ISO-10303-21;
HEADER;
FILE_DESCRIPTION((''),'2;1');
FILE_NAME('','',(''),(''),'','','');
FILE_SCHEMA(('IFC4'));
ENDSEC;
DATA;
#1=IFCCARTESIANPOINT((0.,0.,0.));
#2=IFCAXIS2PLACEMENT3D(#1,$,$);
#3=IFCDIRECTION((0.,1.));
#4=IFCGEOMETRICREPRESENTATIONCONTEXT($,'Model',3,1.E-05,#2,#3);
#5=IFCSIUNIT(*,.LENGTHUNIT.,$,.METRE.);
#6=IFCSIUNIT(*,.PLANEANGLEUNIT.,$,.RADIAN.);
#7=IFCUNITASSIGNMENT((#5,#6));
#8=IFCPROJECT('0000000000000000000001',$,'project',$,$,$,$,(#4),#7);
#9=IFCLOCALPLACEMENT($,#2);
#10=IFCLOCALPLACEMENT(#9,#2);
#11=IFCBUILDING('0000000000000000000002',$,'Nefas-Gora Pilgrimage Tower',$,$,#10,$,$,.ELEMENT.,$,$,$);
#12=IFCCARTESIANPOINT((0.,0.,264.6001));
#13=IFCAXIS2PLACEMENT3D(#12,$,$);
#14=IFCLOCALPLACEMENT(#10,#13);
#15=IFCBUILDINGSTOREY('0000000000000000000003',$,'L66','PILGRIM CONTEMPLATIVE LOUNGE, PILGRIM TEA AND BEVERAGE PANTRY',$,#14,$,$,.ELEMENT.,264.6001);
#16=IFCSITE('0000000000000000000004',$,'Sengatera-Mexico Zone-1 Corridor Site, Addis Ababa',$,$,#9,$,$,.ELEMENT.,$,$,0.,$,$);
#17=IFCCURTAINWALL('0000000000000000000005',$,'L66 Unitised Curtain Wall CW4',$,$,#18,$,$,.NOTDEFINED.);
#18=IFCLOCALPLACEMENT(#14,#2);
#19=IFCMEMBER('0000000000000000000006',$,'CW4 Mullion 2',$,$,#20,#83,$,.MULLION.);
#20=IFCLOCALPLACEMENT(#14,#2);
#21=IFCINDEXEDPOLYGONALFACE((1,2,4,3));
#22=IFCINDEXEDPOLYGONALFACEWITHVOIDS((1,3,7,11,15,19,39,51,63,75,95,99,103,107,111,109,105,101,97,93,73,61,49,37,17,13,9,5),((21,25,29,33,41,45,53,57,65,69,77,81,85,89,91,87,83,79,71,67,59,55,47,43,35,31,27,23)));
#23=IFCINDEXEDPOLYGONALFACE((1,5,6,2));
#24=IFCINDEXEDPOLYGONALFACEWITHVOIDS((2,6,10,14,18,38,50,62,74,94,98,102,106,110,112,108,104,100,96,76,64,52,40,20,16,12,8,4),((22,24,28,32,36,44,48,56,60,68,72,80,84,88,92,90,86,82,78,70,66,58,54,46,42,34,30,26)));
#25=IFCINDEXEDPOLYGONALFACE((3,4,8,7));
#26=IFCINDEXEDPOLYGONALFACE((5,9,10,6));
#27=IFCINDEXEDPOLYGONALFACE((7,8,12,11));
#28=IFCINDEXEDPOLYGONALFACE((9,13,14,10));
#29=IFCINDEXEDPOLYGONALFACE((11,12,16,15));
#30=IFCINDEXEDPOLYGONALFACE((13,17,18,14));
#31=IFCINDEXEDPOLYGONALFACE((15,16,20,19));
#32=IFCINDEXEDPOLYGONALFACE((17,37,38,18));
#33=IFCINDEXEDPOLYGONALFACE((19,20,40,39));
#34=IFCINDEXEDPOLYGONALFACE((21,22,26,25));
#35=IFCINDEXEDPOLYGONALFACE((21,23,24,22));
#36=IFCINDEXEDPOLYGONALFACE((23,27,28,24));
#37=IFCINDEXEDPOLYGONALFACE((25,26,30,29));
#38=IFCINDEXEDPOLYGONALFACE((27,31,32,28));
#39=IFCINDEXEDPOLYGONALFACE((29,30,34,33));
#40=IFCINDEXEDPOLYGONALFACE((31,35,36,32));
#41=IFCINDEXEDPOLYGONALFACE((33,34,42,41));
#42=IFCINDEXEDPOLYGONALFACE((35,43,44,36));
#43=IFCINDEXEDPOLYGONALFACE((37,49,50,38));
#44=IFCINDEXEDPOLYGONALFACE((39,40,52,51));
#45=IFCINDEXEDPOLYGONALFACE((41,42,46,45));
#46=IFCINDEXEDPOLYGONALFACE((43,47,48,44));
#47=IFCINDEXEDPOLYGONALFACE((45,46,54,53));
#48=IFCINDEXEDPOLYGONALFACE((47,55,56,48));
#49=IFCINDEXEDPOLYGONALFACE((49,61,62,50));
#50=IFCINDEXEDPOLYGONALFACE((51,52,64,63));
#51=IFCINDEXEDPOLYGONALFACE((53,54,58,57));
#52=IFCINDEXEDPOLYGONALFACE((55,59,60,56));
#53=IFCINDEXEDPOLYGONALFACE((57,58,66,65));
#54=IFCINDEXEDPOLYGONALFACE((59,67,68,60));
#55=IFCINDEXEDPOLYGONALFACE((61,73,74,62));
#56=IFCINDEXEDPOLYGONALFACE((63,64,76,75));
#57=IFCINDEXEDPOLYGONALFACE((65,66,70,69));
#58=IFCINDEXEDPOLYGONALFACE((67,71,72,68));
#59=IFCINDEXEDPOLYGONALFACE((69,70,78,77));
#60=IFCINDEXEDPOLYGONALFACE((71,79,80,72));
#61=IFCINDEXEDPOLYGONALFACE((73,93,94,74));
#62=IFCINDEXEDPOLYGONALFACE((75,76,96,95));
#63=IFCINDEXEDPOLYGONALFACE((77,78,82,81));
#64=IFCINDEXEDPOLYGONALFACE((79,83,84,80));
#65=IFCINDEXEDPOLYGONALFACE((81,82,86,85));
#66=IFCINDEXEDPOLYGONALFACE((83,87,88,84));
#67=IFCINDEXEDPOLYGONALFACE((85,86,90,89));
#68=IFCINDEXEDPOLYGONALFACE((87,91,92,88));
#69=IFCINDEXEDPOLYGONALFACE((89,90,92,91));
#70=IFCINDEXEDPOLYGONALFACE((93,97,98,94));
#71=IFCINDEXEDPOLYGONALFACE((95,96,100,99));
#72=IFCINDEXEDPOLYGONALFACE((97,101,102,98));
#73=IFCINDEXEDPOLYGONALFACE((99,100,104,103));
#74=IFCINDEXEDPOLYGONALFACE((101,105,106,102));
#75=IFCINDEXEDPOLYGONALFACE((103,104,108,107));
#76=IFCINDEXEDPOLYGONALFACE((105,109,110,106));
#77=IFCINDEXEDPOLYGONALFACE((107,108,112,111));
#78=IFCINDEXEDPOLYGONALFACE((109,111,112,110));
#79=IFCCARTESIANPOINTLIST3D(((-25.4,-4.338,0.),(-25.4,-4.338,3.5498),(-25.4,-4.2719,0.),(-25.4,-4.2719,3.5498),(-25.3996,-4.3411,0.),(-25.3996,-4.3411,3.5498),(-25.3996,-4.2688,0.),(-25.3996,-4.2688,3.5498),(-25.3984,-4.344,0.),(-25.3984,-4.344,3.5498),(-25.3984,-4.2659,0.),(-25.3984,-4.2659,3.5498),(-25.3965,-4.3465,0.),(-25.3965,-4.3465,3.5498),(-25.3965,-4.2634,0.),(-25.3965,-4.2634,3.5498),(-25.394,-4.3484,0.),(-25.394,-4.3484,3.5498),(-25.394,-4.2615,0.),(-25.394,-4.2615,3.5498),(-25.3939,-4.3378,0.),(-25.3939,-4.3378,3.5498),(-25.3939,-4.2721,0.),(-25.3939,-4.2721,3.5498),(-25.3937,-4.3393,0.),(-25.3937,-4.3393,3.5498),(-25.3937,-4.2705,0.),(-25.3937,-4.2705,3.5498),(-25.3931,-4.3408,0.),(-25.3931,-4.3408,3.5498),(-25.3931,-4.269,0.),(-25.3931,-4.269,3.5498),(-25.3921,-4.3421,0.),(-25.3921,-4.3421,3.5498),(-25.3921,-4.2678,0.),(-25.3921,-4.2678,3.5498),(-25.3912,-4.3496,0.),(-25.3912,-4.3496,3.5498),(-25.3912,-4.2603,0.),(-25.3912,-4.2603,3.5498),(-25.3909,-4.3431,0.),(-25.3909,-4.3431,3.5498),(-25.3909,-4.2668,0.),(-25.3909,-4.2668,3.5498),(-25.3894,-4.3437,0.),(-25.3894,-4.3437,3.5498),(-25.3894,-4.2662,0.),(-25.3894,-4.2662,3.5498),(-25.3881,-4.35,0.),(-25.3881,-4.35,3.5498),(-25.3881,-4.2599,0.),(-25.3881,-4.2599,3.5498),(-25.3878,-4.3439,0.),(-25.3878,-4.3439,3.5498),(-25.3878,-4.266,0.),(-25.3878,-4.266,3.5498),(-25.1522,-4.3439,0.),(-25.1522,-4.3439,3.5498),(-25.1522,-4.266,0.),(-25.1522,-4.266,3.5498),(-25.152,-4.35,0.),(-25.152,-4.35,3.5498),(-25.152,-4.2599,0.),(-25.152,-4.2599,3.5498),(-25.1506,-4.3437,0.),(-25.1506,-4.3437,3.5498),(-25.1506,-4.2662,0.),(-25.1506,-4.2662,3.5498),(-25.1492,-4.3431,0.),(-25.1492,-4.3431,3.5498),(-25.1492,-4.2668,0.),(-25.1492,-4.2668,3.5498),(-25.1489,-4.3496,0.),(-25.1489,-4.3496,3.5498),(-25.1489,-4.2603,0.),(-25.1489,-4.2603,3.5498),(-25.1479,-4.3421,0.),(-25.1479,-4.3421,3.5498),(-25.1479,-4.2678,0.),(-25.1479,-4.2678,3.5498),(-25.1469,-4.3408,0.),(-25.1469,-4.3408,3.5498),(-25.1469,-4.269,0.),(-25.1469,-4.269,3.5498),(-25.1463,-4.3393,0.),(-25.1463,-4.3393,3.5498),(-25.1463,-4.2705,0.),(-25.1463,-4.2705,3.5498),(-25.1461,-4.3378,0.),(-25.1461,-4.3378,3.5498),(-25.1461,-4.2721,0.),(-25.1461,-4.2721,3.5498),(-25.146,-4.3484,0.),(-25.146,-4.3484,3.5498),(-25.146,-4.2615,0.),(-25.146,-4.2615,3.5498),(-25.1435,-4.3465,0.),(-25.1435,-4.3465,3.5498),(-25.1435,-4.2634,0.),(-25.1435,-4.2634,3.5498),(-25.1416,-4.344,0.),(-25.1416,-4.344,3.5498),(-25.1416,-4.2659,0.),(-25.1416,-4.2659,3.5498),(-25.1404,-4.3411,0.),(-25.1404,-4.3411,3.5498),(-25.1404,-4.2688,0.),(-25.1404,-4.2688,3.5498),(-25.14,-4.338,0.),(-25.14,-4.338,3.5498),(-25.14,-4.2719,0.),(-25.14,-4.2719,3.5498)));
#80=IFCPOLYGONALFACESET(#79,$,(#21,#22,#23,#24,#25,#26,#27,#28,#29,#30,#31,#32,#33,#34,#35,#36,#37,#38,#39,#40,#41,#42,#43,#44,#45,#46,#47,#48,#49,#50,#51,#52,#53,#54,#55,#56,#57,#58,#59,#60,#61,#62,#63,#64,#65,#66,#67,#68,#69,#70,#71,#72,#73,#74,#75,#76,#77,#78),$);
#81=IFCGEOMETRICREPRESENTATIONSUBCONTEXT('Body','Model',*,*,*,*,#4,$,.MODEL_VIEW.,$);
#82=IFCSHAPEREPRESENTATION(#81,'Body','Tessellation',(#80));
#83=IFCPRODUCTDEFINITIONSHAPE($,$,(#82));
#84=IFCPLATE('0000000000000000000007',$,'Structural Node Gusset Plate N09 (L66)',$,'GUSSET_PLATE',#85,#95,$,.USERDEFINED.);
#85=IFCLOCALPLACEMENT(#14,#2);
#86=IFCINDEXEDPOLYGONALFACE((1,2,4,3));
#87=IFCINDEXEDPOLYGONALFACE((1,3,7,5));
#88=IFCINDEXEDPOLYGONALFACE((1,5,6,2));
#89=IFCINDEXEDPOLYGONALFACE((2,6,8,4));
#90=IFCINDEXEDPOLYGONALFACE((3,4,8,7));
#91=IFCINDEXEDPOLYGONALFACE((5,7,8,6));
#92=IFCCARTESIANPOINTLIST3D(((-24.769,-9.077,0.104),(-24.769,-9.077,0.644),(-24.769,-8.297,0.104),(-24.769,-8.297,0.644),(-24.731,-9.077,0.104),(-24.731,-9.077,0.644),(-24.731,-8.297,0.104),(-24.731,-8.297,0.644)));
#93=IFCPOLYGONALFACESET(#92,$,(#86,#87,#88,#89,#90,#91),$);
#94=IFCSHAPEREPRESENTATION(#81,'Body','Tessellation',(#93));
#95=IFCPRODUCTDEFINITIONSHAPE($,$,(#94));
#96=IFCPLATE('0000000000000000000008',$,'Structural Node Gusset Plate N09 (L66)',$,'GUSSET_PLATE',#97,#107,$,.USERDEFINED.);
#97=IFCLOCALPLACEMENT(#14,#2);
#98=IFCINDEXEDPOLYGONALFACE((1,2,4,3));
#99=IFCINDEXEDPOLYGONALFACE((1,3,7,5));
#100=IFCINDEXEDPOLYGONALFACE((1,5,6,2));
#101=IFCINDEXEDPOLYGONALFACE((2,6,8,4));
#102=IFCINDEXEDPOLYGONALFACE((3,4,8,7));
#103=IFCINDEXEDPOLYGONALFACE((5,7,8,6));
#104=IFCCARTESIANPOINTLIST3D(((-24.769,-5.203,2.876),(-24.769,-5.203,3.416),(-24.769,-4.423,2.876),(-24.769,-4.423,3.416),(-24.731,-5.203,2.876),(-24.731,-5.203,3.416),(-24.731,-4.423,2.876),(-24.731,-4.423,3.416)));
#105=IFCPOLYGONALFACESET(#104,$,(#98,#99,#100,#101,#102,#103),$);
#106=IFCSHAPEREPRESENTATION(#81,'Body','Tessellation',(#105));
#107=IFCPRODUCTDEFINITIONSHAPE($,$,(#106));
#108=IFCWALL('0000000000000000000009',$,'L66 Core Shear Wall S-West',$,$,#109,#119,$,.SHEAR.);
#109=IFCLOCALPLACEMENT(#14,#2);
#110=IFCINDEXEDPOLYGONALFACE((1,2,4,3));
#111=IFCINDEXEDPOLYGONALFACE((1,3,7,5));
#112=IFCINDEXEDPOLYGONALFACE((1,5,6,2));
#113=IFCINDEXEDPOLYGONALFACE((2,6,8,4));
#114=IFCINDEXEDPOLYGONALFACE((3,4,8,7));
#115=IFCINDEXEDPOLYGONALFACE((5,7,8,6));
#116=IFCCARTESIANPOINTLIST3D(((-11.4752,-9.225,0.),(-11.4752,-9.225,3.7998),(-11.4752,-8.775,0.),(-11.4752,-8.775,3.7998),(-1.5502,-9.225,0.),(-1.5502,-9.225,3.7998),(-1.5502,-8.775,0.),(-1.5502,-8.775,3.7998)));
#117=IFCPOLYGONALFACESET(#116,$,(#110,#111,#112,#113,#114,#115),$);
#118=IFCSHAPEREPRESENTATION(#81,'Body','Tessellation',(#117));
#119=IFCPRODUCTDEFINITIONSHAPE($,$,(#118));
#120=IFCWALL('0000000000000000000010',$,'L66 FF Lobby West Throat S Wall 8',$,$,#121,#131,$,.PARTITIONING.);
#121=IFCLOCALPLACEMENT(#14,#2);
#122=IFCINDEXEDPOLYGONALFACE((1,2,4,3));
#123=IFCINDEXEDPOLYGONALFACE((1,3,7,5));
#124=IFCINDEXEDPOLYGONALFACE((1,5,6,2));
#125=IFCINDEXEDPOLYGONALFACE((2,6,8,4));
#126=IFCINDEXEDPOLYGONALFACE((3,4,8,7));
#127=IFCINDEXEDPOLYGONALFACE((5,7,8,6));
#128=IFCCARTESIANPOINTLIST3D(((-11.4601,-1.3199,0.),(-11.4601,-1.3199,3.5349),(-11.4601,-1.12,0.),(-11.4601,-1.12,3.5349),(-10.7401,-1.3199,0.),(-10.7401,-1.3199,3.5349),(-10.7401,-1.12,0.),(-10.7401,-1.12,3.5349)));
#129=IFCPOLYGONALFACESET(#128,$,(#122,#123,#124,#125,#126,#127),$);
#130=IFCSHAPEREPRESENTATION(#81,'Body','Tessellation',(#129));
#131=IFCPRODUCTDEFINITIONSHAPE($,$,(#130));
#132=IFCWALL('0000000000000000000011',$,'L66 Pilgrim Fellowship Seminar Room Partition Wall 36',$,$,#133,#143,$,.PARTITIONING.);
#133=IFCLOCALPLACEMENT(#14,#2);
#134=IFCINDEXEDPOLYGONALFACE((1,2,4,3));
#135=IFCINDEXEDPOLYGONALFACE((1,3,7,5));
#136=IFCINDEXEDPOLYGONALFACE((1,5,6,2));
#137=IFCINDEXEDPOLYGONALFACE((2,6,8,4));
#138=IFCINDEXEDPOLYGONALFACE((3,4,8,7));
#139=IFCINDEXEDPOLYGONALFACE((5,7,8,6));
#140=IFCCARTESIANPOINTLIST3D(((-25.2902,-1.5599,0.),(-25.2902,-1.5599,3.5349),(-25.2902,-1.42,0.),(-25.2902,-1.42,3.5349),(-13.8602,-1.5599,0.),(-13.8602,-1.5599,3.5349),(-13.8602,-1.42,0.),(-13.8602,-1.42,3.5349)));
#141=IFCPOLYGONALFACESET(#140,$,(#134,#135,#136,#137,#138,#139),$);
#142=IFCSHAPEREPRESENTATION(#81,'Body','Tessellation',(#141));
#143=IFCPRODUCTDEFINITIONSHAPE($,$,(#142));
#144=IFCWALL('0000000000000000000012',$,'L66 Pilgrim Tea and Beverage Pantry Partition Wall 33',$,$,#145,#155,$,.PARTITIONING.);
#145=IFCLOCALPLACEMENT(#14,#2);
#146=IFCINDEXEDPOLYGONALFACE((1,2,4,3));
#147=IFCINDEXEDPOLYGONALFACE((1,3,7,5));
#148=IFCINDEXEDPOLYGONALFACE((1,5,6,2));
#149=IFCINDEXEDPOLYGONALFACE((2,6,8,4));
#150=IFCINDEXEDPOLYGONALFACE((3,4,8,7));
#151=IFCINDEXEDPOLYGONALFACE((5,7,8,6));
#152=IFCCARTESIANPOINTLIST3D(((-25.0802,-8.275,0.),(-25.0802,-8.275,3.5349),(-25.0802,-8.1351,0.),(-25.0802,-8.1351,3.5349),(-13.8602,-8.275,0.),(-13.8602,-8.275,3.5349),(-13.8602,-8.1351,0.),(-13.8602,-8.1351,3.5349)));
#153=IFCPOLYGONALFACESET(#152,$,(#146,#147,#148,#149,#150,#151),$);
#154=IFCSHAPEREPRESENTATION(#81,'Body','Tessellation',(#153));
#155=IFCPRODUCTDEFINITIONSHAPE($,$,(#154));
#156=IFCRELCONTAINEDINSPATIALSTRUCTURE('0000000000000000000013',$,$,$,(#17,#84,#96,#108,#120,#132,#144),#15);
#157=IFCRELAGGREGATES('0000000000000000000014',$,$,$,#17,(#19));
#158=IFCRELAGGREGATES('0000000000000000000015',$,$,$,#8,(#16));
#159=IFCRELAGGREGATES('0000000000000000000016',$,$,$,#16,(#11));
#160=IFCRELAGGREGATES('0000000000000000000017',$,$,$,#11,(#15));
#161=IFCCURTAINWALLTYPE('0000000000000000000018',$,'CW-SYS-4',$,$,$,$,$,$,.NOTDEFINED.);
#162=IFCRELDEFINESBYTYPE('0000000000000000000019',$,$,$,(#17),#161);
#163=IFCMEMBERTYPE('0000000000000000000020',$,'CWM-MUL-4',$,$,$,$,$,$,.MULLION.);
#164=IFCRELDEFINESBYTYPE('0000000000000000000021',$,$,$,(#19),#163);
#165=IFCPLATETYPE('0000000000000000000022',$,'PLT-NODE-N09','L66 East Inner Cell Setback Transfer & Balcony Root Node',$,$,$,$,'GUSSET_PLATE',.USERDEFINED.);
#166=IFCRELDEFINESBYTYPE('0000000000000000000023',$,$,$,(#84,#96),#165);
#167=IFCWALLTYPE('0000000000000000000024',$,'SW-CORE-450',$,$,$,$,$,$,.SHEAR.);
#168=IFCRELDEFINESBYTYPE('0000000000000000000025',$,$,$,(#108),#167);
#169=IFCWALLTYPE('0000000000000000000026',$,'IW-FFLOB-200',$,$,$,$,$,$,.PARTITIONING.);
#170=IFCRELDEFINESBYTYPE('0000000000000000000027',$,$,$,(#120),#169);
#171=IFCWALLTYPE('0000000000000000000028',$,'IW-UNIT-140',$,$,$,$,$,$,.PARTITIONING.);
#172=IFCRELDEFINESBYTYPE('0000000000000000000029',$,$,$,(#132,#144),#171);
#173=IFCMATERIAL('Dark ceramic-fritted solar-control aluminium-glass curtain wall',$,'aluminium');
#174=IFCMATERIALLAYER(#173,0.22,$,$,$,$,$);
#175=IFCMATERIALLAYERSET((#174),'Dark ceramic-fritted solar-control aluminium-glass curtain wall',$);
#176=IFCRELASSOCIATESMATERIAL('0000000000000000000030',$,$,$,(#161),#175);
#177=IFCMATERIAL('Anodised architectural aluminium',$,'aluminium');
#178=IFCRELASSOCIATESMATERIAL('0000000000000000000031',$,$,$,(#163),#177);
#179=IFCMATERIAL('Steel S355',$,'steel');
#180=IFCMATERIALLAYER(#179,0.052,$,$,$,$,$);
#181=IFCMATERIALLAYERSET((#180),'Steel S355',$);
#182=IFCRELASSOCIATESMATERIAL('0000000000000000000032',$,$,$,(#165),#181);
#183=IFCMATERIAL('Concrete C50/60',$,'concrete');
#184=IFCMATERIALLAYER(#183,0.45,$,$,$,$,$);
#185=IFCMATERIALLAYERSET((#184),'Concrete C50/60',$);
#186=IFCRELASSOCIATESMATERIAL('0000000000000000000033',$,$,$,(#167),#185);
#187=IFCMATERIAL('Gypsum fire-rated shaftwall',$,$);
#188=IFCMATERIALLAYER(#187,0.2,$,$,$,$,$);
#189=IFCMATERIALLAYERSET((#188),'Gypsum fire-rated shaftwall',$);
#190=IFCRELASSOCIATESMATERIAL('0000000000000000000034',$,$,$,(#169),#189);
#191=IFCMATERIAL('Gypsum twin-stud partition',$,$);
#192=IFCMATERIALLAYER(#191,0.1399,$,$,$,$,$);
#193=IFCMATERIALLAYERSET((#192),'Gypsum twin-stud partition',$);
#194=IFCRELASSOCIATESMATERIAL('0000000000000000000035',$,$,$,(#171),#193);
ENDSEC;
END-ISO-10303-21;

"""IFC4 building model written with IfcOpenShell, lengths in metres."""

from ifc_helpers import new_model, si_unit, direction, frame, frame_2d, origin, origin_2d, place, context, subcontext, project, spatial, rectangle, hollow_rectangle, extrude, source, transform, mapped, material, layer, layer_set, material_profile, profile_set, type_object, element, aggregate, save


model = new_model("IFC4")

# Units and contexts
model_context = context("Model", 3, precision=1e-05, world=origin(), true_north=direction((0.0, 1.0)))
body_context = subcontext(model_context, "Body", "Model", "MODEL_VIEW")
ifc_project = project(units=[si_unit("LENGTHUNIT", "METRE"), si_unit("PLANEANGLEUNIT", "RADIAN")], contexts=[model_context])

# Site, building, storey
site_placement = place(None, origin())
site = spatial("IfcSite", under=ifc_project, at=site_placement, Name="Sengatera-Mexico Zone-1 Corridor Site, Addis Ababa", CompositionType="ELEMENT", RefElevation=0.0)
building_placement = place(site_placement, origin())
building = spatial("IfcBuilding", under=site, at=building_placement, Name="Nefas-Gora Pilgrimage Tower", CompositionType="ELEMENT")
storey_placement = place(building_placement, frame((0.0, 0.0, 264.6001)))
storey = spatial("IfcBuildingStorey", under=building, at=storey_placement, Name="L66", Description="PILGRIM CONTEMPLATIVE LOUNGE, PILGRIM TEA AND BEVERAGE PANTRY", CompositionType="ELEMENT", Elevation=264.6001)

# Shared definitions
ifc_material_1 = material(Name="Steel S355", Category="steel")

# Curtain wall, member
ifc_material_2 = material(Name="Dark ceramic-fritted solar-control aluminium-glass curtain wall", Category="aluminium")
ifc_layer_1 = layer(ifc_material_2, 0.22)
ifc_layer_set_1 = layer_set([ifc_layer_1], Name="Dark ceramic-fritted solar-control aluminium-glass curtain wall")
curtain_wall_type = type_object("IfcCurtainWallType", Name="CW-SYS-4", PredefinedType="NOTDEFINED", material=ifc_layer_set_1)
curtain_wall_placement = place(storey_placement, origin())
curtain_wall = element("IfcCurtainWall", 1, at=curtain_wall_placement, inside=storey, type_object=curtain_wall_type, Name="L66 Unitised Curtain Wall CW4", PredefinedType="NOTDEFINED")
ifc_material_3 = material(Name="Anodised architectural aluminium", Category="aluminium")
ifc_material_profile_1 = material_profile(ifc_material_3, hollow_rectangle(XDim=0.0901, YDim=0.26, WallThickness=0.0061, InnerFilletRadius=0.0061, OuterFilletRadius=0.012, at=origin_2d()), Name="ALU MULLION 90x260")
ifc_profile_set_1 = profile_set([ifc_material_profile_1], Name="Anodised architectural aluminium")
member_type_1 = type_object("IfcMemberType", Name="CWM-MUL-4", PredefinedType="MULLION", material=ifc_profile_set_1)
shared_shape_1 = source(origin(), body_context, "Body", "SweptSolid", [
    extrude(hollow_rectangle(XDim=0.0901, YDim=0.26, WallThickness=0.0061, InnerFilletRadius=0.0061, OuterFilletRadius=0.012, at=origin_2d()), origin(), (0.0, 0.0, 1.0), 3.5498),
])
member_1_placement = place(storey_placement, frame((-25.27, -4.3049, 0.0), z_axis=(0.0, 0.0, 1.0), x_axis=(0.0, -1.0, 0.0)))
member_1 = element("IfcMember", 2, at=member_1_placement, type_object=member_type_1, Name="CW4 Mullion 2", PredefinedType="MULLION", context=body_context, shape_type="MappedRepresentation", body=[
    mapped(shared_shape_1, transform((0.0, 0.0, 0.0), x_axis=(1.0, 0.0, 0.0), y_axis=(0.0, 1.0, 0.0), z_axis=(0.0, 0.0, 1.0), scale=1.0)),
])
aggregate(curtain_wall, [member_1])

# Plates
ifc_layer_2 = layer(ifc_material_1, 0.052)
ifc_layer_set_2 = layer_set([ifc_layer_2], Name="Steel S355")
plate_type = type_object("IfcPlateType", Name="PLT-NODE-N09", Description="L66 East Inner Cell Setback Transfer & Balcony Root Node", ElementType="GUSSET_PLATE", PredefinedType="USERDEFINED", material=ifc_layer_set_2)
shared_shape_2 = source(origin(), body_context, "Body", "SweptSolid", [
    extrude(rectangle(XDim=0.78, YDim=0.0381, at=origin_2d()), origin(), (0.0, 0.0, 1.0), 0.54),
])
for number, where, z_axis, x_axis, name in (
    (3, (-24.75, -8.687, 0.104), (0.0, 0.0, 1.0), (0.0, 1.0, 0.0), "Structural Node Gusset Plate N09 (L66)"),
    (4, (-24.75, -4.813, 2.876), (0.0, 0.0, 1.0), (0.0, 1.0, 0.0), "Structural Node Gusset Plate N09 (L66)"),
):
    element("IfcPlate", number, at=place(storey_placement, frame(where, z_axis=z_axis, x_axis=x_axis)), inside=storey, type_object=plate_type, Name=name, ObjectType="GUSSET_PLATE", PredefinedType="USERDEFINED", context=body_context, shape_type="MappedRepresentation", body=[
        mapped(shared_shape_2, transform((0.0, 0.0, 0.0), x_axis=(1.0, 0.0, 0.0), y_axis=(0.0, 1.0, 0.0), z_axis=(0.0, 0.0, 1.0), scale=1.0)),
    ])

# Walls
ifc_material_4 = material(Name="Concrete C50/60", Category="concrete")
ifc_layer_3 = layer(ifc_material_4, 0.45)
ifc_layer_set_3 = layer_set([ifc_layer_3], Name="Concrete C50/60")
wall_type_1 = type_object("IfcWallType", Name="SW-CORE-450", PredefinedType="SHEAR", material=ifc_layer_set_3)
shared_shape_3 = source(origin(), body_context, "Body", "SweptSolid", [
    extrude(rectangle(XDim=9.925, YDim=0.45, at=frame_2d((4.9624, 0.0))), origin(), (0.0, 0.0, 1.0), 3.7998),
])
wall_1_placement = place(storey_placement, frame((-11.4751, -9.0, 0.0), z_axis=(0.0, 0.0, 1.0), x_axis=(1.0, 0.0, 0.0)))
element("IfcWall", 5, at=wall_1_placement, inside=storey, type_object=wall_type_1, Name="L66 Core Shear Wall S-West", PredefinedType="SHEAR", context=body_context, shape_type="MappedRepresentation", body=[
    mapped(shared_shape_3, transform((0.0, 0.0, 0.0), x_axis=(1.0, 0.0, 0.0), y_axis=(0.0, 1.0, 0.0), z_axis=(0.0, 0.0, 1.0), scale=1.0)),
])
ifc_material_5 = material(Name="Gypsum fire-rated shaftwall")
ifc_layer_4 = layer(ifc_material_5, 0.2)
ifc_layer_set_4 = layer_set([ifc_layer_4], Name="Gypsum fire-rated shaftwall")
wall_type_2 = type_object("IfcWallType", Name="IW-FFLOB-200", PredefinedType="PARTITIONING", material=ifc_layer_set_4)
shared_shape_4 = source(origin(), body_context, "Body", "SweptSolid", [
    extrude(rectangle(XDim=0.72, YDim=0.2, at=frame_2d((0.3599, 0.0))), origin(), (0.0, 0.0, 1.0), 3.5349),
])
wall_2_placement = place(storey_placement, frame((-11.46, -1.22, 0.0), z_axis=(0.0, 0.0, 1.0), x_axis=(1.0, 0.0, 0.0)))
element("IfcWall", 6, at=wall_2_placement, inside=storey, type_object=wall_type_2, Name="L66 FF Lobby West Throat S Wall 8", PredefinedType="PARTITIONING", context=body_context, shape_type="MappedRepresentation", body=[
    mapped(shared_shape_4, transform((0.0, 0.0, 0.0), x_axis=(1.0, 0.0, 0.0), y_axis=(0.0, 1.0, 0.0), z_axis=(0.0, 0.0, 1.0), scale=1.0)),
])
ifc_material_6 = material(Name="Gypsum twin-stud partition")
ifc_layer_5 = layer(ifc_material_6, 0.1399)
ifc_layer_set_5 = layer_set([ifc_layer_5], Name="Gypsum twin-stud partition")
wall_type_3 = type_object("IfcWallType", Name="IW-UNIT-140", PredefinedType="PARTITIONING", material=ifc_layer_set_5)
shared_shape_5 = source(origin(), body_context, "Body", "SweptSolid", [
    extrude(rectangle(XDim=11.4299, YDim=0.1399, at=frame_2d((5.7148, 0.0))), origin(), (0.0, 0.0, 1.0), 3.5349),
])
wall_3_placement = place(storey_placement, frame((-25.29, -1.49, 0.0), z_axis=(0.0, 0.0, 1.0), x_axis=(1.0, 0.0, 0.0)))
element("IfcWall", 7, at=wall_3_placement, inside=storey, type_object=wall_type_3, Name="L66 Pilgrim Fellowship Seminar Room Partition Wall 36", PredefinedType="PARTITIONING", context=body_context, shape_type="MappedRepresentation", body=[
    mapped(shared_shape_5, transform((0.0, 0.0, 0.0), x_axis=(1.0, 0.0, 0.0), y_axis=(0.0, 1.0, 0.0), z_axis=(0.0, 0.0, 1.0), scale=1.0)),
])
shared_shape_6 = source(origin(), body_context, "Body", "SweptSolid", [
    extrude(rectangle(XDim=11.22, YDim=0.1399, at=frame_2d((5.6099, 0.0))), origin(), (0.0, 0.0, 1.0), 3.5349),
])
wall_4_placement = place(storey_placement, frame((-25.0801, -8.2051, 0.0), z_axis=(0.0, 0.0, 1.0), x_axis=(1.0, 0.0, 0.0)))
element("IfcWall", 8, at=wall_4_placement, inside=storey, type_object=wall_type_3, Name="L66 Pilgrim Tea and Beverage Pantry Partition Wall 33", PredefinedType="PARTITIONING", context=body_context, shape_type="MappedRepresentation", body=[
    mapped(shared_shape_6, transform((0.0, 0.0, 0.0), x_axis=(1.0, 0.0, 0.0), y_axis=(0.0, 1.0, 0.0), z_axis=(0.0, 0.0, 1.0), scale=1.0)),
])

save(model, "model.ifc")
